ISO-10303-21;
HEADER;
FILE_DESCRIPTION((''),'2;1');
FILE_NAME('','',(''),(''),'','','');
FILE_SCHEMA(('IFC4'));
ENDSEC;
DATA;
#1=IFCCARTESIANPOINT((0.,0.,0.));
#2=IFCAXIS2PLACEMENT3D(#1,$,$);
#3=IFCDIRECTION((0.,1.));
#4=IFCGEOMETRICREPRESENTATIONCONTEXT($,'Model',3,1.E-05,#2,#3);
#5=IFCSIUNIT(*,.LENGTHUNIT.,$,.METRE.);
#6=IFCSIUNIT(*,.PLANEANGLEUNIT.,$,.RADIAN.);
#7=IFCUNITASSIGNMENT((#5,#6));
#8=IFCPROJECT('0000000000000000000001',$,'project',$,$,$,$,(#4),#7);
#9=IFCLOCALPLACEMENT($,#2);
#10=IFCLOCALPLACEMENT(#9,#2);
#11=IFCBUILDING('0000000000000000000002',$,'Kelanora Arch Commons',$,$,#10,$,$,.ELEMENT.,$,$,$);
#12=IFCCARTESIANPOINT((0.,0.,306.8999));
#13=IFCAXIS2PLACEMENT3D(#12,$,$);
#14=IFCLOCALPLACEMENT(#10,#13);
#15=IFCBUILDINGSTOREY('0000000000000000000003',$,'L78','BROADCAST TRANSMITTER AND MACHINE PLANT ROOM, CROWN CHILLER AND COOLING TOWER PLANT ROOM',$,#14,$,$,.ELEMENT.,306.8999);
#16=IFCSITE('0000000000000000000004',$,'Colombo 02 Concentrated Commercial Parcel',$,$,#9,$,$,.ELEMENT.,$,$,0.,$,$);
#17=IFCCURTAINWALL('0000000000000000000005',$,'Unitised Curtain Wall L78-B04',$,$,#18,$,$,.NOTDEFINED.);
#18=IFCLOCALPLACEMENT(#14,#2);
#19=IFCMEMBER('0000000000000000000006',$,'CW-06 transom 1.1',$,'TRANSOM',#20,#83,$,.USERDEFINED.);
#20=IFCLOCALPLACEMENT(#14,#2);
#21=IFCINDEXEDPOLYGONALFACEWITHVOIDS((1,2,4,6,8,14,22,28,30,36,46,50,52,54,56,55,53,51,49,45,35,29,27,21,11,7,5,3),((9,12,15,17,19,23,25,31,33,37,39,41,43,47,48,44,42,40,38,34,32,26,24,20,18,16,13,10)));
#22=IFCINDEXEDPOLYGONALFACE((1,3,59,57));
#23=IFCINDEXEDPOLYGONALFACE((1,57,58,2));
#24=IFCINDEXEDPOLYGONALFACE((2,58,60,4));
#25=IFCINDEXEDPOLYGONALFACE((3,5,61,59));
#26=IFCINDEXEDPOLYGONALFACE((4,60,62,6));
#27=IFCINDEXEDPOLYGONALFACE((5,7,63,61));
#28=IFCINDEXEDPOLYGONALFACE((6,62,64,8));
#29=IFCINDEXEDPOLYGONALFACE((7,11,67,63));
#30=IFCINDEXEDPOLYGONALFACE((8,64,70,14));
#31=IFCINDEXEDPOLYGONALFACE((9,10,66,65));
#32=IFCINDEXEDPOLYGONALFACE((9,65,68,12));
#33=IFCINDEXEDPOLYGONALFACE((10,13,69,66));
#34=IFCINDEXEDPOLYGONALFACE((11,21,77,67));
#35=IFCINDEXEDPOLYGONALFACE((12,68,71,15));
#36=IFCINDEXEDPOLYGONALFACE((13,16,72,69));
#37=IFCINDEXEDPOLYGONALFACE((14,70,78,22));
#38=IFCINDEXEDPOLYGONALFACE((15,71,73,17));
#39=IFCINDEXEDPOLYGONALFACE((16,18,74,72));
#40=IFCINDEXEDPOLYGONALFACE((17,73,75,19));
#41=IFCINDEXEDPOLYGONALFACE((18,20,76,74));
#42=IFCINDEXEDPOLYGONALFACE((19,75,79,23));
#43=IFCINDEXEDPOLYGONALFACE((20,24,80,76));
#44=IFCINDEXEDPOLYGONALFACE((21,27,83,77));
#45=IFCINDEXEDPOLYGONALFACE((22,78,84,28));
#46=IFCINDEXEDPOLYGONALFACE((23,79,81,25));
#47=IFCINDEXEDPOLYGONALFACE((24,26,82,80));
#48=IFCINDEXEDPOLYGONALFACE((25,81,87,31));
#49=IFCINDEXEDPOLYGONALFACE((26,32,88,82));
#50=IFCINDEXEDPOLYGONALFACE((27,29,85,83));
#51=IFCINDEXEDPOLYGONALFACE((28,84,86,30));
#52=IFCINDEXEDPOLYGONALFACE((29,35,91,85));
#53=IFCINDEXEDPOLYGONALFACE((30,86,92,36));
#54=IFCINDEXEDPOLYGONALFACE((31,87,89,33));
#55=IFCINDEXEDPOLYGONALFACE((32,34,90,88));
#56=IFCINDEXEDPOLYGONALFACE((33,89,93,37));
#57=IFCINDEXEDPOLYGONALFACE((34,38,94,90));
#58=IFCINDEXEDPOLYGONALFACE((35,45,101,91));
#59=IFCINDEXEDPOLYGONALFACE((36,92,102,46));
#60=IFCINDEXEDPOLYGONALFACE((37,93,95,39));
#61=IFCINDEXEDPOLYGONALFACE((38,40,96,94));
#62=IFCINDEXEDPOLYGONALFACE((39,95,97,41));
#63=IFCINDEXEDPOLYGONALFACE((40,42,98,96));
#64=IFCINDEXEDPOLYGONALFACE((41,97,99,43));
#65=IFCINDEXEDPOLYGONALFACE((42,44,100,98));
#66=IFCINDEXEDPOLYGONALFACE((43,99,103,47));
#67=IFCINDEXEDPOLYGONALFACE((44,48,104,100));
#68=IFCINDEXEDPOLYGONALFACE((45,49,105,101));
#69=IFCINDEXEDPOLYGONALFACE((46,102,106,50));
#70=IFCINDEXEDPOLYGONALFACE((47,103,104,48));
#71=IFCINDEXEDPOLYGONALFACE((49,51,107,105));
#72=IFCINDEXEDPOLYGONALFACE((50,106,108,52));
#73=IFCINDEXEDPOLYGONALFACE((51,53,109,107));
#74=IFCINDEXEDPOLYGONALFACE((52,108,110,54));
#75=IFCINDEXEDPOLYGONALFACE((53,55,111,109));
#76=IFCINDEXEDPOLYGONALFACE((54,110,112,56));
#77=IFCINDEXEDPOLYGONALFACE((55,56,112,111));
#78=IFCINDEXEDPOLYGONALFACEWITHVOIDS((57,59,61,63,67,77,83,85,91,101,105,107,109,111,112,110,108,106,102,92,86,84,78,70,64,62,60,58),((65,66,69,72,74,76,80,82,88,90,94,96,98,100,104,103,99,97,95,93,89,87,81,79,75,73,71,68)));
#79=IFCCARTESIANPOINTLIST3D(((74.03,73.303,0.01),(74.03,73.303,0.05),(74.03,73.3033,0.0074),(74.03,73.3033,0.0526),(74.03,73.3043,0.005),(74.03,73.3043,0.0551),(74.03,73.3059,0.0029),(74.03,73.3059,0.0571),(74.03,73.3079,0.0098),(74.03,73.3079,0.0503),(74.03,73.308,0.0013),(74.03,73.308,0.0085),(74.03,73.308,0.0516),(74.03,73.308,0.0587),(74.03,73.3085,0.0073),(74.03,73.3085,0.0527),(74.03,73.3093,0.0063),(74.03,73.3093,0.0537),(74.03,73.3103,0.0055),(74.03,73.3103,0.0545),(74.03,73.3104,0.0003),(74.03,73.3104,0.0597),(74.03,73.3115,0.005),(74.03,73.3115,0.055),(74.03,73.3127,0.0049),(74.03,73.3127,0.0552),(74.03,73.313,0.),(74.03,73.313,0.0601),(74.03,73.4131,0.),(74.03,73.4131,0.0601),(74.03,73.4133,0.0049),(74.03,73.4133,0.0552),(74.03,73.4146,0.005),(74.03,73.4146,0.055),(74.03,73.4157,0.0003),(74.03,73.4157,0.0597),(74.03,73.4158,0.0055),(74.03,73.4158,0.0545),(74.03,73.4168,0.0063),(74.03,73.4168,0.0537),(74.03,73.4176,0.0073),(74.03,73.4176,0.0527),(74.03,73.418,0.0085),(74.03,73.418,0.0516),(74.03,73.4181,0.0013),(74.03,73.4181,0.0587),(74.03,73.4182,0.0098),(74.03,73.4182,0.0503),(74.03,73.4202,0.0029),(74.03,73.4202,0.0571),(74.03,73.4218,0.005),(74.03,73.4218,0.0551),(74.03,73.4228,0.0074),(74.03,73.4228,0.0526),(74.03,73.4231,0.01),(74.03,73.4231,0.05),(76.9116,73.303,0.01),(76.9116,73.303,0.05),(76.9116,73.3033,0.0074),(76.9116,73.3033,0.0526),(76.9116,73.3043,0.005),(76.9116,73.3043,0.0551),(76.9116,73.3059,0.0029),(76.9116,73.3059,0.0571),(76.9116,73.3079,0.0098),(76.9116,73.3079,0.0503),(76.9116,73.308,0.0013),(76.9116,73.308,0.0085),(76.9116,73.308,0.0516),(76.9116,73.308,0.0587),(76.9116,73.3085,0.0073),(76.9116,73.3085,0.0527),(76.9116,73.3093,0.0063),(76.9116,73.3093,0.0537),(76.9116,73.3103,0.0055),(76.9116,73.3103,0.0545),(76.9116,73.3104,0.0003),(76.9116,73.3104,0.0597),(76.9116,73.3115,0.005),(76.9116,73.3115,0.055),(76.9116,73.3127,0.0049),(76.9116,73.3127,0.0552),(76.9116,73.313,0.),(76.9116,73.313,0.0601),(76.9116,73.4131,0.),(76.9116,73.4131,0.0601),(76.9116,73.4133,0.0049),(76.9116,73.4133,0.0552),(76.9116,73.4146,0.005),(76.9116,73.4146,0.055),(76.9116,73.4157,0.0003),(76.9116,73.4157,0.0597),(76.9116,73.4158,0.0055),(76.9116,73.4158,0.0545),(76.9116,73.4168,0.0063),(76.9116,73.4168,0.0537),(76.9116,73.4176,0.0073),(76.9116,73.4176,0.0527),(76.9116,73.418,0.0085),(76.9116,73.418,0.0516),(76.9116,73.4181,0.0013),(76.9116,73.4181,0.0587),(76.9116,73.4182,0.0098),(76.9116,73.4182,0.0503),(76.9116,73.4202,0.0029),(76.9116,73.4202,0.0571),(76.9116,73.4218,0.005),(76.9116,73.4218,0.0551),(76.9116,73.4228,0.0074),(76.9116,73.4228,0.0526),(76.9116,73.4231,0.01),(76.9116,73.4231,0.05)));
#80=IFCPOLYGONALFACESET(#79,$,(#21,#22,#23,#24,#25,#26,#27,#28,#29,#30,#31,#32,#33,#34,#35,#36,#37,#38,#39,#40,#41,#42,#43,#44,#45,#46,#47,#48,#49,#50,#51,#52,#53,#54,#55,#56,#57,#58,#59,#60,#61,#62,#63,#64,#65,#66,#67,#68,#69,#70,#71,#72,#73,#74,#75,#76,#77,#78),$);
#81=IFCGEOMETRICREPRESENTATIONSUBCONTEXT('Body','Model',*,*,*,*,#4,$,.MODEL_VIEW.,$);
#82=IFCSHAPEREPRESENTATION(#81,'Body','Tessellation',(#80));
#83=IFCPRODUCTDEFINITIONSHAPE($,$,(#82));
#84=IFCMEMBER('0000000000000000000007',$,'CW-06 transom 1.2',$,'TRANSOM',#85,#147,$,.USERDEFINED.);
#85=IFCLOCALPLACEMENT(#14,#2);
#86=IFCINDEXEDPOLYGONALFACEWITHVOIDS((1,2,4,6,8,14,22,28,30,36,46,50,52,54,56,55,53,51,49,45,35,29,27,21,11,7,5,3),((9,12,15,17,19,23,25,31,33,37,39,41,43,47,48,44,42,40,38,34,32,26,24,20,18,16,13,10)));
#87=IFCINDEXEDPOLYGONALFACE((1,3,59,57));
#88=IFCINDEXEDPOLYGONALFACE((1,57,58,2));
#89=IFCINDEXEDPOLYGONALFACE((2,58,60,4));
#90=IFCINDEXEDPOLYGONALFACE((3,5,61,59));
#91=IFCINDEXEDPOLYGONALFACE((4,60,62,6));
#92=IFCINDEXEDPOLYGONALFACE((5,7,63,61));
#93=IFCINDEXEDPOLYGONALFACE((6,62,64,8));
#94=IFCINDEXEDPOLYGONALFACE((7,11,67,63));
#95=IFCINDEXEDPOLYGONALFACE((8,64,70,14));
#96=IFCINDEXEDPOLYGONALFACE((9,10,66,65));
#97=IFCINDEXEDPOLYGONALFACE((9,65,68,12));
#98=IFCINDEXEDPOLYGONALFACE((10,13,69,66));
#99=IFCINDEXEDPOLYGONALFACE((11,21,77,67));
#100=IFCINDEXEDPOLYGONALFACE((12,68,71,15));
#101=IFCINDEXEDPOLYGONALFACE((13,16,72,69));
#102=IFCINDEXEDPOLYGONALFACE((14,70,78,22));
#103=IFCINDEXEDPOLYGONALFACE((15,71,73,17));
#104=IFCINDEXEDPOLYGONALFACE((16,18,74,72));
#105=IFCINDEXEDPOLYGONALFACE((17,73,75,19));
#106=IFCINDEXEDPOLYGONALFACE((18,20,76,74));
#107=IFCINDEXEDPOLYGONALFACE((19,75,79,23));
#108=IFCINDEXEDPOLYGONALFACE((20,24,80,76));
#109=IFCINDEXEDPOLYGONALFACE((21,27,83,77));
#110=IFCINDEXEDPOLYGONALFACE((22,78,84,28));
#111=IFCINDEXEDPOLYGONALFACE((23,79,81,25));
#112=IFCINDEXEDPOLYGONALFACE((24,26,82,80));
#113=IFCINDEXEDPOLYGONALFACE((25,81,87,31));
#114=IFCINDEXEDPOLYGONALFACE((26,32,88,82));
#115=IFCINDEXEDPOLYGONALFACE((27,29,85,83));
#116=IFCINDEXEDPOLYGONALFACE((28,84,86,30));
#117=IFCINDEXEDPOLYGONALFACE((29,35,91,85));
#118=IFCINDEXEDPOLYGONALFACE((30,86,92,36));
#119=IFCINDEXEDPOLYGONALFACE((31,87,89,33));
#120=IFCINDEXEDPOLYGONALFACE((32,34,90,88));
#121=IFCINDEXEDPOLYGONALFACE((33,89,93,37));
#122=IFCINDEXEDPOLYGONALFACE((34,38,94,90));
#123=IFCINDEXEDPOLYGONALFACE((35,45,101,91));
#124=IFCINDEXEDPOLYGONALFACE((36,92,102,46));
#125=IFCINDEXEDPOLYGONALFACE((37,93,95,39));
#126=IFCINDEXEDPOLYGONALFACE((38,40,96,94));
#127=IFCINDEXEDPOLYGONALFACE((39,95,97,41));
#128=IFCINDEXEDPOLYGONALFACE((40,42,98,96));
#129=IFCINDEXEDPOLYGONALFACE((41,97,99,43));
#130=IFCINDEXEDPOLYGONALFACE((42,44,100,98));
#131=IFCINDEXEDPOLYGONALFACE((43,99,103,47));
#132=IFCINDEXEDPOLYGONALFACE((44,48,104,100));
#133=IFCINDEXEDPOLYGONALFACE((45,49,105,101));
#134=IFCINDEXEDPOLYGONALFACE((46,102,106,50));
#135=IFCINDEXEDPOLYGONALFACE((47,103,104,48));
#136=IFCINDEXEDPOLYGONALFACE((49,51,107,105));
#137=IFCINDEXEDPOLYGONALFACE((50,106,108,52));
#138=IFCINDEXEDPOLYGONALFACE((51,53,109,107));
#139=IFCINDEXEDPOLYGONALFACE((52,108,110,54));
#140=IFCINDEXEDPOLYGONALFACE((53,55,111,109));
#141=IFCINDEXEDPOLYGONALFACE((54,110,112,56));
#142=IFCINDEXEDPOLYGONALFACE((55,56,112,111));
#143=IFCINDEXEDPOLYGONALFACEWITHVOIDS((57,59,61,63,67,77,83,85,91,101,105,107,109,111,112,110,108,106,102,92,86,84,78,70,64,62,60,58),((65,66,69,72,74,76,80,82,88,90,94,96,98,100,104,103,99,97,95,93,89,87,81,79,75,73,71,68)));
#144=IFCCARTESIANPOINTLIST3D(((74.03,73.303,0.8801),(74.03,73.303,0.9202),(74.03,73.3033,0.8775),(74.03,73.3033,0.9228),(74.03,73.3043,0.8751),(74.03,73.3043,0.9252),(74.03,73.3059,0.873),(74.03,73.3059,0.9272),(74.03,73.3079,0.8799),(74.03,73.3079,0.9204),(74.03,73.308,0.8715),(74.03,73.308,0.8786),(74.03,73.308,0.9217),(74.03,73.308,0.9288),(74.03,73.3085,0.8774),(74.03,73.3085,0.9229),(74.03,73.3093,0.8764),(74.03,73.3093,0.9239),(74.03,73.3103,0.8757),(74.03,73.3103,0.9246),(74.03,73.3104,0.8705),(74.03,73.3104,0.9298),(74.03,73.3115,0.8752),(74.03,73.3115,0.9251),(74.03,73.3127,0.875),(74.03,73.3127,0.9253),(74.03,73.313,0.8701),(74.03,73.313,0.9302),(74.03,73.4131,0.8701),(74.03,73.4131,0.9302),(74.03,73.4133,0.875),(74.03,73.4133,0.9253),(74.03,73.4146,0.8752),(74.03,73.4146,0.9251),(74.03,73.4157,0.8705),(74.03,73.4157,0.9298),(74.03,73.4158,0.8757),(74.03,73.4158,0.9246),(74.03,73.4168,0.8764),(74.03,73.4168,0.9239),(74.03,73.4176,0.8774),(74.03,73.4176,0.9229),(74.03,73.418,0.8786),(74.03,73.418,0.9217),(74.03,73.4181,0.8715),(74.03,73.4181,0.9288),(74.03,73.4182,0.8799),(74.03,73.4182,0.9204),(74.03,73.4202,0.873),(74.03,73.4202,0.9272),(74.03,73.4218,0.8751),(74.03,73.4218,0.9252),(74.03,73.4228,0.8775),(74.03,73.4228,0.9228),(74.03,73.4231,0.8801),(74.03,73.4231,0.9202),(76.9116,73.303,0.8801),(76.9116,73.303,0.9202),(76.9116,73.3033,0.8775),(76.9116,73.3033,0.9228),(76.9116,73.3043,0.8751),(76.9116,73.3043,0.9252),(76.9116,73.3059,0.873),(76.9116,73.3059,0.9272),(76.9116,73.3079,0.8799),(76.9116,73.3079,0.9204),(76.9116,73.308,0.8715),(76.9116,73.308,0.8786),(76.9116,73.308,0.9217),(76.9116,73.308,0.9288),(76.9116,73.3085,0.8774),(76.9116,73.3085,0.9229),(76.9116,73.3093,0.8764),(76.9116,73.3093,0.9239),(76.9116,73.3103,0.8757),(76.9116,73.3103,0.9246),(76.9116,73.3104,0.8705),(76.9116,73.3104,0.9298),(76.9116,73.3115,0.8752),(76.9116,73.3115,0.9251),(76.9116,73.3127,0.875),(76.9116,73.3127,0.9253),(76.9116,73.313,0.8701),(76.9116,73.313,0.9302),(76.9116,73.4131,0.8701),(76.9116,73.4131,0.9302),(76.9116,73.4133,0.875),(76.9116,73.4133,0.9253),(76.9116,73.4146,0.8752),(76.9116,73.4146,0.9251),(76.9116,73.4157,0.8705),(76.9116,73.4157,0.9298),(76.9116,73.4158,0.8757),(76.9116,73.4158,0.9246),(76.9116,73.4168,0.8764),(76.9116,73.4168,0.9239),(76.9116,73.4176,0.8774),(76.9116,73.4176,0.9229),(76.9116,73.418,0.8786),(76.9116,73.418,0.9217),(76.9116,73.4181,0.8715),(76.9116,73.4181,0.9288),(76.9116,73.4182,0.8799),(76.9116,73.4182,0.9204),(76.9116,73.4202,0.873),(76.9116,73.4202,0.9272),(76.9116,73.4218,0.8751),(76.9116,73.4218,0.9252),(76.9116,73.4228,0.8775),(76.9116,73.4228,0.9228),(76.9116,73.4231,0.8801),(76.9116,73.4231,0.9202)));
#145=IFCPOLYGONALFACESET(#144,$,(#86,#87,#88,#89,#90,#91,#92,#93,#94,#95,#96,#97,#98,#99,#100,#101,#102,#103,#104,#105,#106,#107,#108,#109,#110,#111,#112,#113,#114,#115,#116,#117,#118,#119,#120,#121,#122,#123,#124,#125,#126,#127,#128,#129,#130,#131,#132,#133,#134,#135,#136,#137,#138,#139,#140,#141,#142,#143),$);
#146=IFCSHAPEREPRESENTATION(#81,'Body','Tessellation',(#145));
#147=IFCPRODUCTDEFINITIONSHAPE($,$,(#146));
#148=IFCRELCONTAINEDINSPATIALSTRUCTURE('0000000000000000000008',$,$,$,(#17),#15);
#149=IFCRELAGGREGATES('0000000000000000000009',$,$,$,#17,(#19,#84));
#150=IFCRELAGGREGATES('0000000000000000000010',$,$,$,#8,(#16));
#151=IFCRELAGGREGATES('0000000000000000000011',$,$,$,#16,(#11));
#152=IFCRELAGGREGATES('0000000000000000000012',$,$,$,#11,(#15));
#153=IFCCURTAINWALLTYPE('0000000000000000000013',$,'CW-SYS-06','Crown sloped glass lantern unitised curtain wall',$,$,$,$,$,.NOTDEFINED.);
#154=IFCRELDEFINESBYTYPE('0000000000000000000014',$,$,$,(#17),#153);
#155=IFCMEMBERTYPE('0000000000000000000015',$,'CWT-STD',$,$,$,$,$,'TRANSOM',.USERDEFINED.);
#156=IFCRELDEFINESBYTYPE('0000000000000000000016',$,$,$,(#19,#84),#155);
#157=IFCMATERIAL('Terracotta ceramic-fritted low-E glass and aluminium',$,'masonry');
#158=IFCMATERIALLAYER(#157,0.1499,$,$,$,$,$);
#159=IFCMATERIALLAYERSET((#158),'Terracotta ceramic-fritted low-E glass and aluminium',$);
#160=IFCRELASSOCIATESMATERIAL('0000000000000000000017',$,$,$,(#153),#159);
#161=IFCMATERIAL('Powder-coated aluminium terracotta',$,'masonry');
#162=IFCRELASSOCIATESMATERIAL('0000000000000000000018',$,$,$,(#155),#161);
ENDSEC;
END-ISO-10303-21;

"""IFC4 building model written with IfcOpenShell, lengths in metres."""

from ifc_helpers import new_model, si_unit, direction, frame, origin, origin_2d, place, context, subcontext, project, spatial, hollow_rectangle, extrude, material, layer, layer_set, material_profile, profile_set, type_object, element, aggregate, save


model = new_model("IFC4")

# Units and contexts
model_context = context("Model", 3, precision=1e-05, world=origin(), true_north=direction((0.0, 1.0)))
body_context = subcontext(model_context, "Body", "Model", "MODEL_VIEW")
ifc_project = project(units=[si_unit("LENGTHUNIT", "METRE"), si_unit("PLANEANGLEUNIT", "RADIAN")], contexts=[model_context])

# Site, building, storey
site_placement = place(None, origin())
site = spatial("IfcSite", under=ifc_project, at=site_placement, Name="Colombo 02 Concentrated Commercial Parcel", CompositionType="ELEMENT", RefElevation=0.0)
building_placement = place(site_placement, origin())
building = spatial("IfcBuilding", under=site, at=building_placement, Name="Kelanora Arch Commons", CompositionType="ELEMENT")
storey_placement = place(building_placement, frame((0.0, 0.0, 306.8999)))
storey = spatial("IfcBuildingStorey", under=building, at=storey_placement, Name="L78", Description="BROADCAST TRANSMITTER AND MACHINE PLANT ROOM, CROWN CHILLER AND COOLING TOWER PLANT ROOM", CompositionType="ELEMENT", Elevation=306.8999)

# Shared definitions
ifc_material_1 = material(Name="Terracotta ceramic-fritted low-E glass and aluminium", Category="masonry")
ifc_layer_1 = layer(ifc_material_1, 0.1499)
ifc_layer_set_1 = layer_set([ifc_layer_1], Name="Terracotta ceramic-fritted low-E glass and aluminium")
curtain_wall_type = type_object("IfcCurtainWallType", Name="CW-SYS-06", Description="Crown sloped glass lantern unitised curtain wall", PredefinedType="NOTDEFINED", material=ifc_layer_set_1)
ifc_material_2 = material(Name="Powder-coated aluminium terracotta", Category="masonry")

# Curtain wall
curtain_wall_1_placement = place(storey_placement, origin())
curtain_wall_1 = element("IfcCurtainWall", 1, at=curtain_wall_1_placement, inside=storey, type_object=curtain_wall_type, Name="Unitised Curtain Wall L78-B04", PredefinedType="NOTDEFINED")

# Members
ifc_material_profile_1 = material_profile(ifc_material_2, hollow_rectangle(XDim=0.1201, YDim=0.0601, WallThickness=0.0049, InnerFilletRadius=0.0049, OuterFilletRadius=0.01, at=origin_2d()), Name="CWT120x60")
ifc_profile_set_1 = profile_set([ifc_material_profile_1], Name="Powder-coated aluminium terracotta")
member_type_1 = type_object("IfcMemberType", Name="CWT-STD", ElementType="TRANSOM", PredefinedType="USERDEFINED", material=ifc_profile_set_1)
member_1_placement = place(storey_placement, frame((76.9116, 73.363, 0.03), z_axis=(-1.0, 0.0, 0.0), x_axis=(0.0, -1.0, 0.0)))
member_1 = element("IfcMember", 2, at=member_1_placement, type_object=member_type_1, Name="CW-06 transom 1.1", ObjectType="TRANSOM", PredefinedType="USERDEFINED", context=body_context, shape_type="SweptSolid", body=[
    extrude(hollow_rectangle(XDim=0.1201, YDim=0.0601, WallThickness=0.0049, InnerFilletRadius=0.0049, OuterFilletRadius=0.01, at=origin_2d()), origin(), (0.0, 0.0, 1.0), 2.8816),
])
member_2_placement = place(storey_placement, frame((76.9116, 73.363, 0.9001), z_axis=(-1.0, 0.0, 0.0), x_axis=(0.0, -1.0, 0.0)))
member_2 = element("IfcMember", 3, at=member_2_placement, type_object=member_type_1, Name="CW-06 transom 1.2", ObjectType="TRANSOM", PredefinedType="USERDEFINED", context=body_context, shape_type="SweptSolid", body=[
    extrude(hollow_rectangle(XDim=0.1201, YDim=0.0601, WallThickness=0.0049, InnerFilletRadius=0.0049, OuterFilletRadius=0.01, at=origin_2d()), origin(), (0.0, 0.0, 1.0), 2.8816),
])

aggregate(curtain_wall_1, [member_1, member_2])

save(model, "model.ifc")
